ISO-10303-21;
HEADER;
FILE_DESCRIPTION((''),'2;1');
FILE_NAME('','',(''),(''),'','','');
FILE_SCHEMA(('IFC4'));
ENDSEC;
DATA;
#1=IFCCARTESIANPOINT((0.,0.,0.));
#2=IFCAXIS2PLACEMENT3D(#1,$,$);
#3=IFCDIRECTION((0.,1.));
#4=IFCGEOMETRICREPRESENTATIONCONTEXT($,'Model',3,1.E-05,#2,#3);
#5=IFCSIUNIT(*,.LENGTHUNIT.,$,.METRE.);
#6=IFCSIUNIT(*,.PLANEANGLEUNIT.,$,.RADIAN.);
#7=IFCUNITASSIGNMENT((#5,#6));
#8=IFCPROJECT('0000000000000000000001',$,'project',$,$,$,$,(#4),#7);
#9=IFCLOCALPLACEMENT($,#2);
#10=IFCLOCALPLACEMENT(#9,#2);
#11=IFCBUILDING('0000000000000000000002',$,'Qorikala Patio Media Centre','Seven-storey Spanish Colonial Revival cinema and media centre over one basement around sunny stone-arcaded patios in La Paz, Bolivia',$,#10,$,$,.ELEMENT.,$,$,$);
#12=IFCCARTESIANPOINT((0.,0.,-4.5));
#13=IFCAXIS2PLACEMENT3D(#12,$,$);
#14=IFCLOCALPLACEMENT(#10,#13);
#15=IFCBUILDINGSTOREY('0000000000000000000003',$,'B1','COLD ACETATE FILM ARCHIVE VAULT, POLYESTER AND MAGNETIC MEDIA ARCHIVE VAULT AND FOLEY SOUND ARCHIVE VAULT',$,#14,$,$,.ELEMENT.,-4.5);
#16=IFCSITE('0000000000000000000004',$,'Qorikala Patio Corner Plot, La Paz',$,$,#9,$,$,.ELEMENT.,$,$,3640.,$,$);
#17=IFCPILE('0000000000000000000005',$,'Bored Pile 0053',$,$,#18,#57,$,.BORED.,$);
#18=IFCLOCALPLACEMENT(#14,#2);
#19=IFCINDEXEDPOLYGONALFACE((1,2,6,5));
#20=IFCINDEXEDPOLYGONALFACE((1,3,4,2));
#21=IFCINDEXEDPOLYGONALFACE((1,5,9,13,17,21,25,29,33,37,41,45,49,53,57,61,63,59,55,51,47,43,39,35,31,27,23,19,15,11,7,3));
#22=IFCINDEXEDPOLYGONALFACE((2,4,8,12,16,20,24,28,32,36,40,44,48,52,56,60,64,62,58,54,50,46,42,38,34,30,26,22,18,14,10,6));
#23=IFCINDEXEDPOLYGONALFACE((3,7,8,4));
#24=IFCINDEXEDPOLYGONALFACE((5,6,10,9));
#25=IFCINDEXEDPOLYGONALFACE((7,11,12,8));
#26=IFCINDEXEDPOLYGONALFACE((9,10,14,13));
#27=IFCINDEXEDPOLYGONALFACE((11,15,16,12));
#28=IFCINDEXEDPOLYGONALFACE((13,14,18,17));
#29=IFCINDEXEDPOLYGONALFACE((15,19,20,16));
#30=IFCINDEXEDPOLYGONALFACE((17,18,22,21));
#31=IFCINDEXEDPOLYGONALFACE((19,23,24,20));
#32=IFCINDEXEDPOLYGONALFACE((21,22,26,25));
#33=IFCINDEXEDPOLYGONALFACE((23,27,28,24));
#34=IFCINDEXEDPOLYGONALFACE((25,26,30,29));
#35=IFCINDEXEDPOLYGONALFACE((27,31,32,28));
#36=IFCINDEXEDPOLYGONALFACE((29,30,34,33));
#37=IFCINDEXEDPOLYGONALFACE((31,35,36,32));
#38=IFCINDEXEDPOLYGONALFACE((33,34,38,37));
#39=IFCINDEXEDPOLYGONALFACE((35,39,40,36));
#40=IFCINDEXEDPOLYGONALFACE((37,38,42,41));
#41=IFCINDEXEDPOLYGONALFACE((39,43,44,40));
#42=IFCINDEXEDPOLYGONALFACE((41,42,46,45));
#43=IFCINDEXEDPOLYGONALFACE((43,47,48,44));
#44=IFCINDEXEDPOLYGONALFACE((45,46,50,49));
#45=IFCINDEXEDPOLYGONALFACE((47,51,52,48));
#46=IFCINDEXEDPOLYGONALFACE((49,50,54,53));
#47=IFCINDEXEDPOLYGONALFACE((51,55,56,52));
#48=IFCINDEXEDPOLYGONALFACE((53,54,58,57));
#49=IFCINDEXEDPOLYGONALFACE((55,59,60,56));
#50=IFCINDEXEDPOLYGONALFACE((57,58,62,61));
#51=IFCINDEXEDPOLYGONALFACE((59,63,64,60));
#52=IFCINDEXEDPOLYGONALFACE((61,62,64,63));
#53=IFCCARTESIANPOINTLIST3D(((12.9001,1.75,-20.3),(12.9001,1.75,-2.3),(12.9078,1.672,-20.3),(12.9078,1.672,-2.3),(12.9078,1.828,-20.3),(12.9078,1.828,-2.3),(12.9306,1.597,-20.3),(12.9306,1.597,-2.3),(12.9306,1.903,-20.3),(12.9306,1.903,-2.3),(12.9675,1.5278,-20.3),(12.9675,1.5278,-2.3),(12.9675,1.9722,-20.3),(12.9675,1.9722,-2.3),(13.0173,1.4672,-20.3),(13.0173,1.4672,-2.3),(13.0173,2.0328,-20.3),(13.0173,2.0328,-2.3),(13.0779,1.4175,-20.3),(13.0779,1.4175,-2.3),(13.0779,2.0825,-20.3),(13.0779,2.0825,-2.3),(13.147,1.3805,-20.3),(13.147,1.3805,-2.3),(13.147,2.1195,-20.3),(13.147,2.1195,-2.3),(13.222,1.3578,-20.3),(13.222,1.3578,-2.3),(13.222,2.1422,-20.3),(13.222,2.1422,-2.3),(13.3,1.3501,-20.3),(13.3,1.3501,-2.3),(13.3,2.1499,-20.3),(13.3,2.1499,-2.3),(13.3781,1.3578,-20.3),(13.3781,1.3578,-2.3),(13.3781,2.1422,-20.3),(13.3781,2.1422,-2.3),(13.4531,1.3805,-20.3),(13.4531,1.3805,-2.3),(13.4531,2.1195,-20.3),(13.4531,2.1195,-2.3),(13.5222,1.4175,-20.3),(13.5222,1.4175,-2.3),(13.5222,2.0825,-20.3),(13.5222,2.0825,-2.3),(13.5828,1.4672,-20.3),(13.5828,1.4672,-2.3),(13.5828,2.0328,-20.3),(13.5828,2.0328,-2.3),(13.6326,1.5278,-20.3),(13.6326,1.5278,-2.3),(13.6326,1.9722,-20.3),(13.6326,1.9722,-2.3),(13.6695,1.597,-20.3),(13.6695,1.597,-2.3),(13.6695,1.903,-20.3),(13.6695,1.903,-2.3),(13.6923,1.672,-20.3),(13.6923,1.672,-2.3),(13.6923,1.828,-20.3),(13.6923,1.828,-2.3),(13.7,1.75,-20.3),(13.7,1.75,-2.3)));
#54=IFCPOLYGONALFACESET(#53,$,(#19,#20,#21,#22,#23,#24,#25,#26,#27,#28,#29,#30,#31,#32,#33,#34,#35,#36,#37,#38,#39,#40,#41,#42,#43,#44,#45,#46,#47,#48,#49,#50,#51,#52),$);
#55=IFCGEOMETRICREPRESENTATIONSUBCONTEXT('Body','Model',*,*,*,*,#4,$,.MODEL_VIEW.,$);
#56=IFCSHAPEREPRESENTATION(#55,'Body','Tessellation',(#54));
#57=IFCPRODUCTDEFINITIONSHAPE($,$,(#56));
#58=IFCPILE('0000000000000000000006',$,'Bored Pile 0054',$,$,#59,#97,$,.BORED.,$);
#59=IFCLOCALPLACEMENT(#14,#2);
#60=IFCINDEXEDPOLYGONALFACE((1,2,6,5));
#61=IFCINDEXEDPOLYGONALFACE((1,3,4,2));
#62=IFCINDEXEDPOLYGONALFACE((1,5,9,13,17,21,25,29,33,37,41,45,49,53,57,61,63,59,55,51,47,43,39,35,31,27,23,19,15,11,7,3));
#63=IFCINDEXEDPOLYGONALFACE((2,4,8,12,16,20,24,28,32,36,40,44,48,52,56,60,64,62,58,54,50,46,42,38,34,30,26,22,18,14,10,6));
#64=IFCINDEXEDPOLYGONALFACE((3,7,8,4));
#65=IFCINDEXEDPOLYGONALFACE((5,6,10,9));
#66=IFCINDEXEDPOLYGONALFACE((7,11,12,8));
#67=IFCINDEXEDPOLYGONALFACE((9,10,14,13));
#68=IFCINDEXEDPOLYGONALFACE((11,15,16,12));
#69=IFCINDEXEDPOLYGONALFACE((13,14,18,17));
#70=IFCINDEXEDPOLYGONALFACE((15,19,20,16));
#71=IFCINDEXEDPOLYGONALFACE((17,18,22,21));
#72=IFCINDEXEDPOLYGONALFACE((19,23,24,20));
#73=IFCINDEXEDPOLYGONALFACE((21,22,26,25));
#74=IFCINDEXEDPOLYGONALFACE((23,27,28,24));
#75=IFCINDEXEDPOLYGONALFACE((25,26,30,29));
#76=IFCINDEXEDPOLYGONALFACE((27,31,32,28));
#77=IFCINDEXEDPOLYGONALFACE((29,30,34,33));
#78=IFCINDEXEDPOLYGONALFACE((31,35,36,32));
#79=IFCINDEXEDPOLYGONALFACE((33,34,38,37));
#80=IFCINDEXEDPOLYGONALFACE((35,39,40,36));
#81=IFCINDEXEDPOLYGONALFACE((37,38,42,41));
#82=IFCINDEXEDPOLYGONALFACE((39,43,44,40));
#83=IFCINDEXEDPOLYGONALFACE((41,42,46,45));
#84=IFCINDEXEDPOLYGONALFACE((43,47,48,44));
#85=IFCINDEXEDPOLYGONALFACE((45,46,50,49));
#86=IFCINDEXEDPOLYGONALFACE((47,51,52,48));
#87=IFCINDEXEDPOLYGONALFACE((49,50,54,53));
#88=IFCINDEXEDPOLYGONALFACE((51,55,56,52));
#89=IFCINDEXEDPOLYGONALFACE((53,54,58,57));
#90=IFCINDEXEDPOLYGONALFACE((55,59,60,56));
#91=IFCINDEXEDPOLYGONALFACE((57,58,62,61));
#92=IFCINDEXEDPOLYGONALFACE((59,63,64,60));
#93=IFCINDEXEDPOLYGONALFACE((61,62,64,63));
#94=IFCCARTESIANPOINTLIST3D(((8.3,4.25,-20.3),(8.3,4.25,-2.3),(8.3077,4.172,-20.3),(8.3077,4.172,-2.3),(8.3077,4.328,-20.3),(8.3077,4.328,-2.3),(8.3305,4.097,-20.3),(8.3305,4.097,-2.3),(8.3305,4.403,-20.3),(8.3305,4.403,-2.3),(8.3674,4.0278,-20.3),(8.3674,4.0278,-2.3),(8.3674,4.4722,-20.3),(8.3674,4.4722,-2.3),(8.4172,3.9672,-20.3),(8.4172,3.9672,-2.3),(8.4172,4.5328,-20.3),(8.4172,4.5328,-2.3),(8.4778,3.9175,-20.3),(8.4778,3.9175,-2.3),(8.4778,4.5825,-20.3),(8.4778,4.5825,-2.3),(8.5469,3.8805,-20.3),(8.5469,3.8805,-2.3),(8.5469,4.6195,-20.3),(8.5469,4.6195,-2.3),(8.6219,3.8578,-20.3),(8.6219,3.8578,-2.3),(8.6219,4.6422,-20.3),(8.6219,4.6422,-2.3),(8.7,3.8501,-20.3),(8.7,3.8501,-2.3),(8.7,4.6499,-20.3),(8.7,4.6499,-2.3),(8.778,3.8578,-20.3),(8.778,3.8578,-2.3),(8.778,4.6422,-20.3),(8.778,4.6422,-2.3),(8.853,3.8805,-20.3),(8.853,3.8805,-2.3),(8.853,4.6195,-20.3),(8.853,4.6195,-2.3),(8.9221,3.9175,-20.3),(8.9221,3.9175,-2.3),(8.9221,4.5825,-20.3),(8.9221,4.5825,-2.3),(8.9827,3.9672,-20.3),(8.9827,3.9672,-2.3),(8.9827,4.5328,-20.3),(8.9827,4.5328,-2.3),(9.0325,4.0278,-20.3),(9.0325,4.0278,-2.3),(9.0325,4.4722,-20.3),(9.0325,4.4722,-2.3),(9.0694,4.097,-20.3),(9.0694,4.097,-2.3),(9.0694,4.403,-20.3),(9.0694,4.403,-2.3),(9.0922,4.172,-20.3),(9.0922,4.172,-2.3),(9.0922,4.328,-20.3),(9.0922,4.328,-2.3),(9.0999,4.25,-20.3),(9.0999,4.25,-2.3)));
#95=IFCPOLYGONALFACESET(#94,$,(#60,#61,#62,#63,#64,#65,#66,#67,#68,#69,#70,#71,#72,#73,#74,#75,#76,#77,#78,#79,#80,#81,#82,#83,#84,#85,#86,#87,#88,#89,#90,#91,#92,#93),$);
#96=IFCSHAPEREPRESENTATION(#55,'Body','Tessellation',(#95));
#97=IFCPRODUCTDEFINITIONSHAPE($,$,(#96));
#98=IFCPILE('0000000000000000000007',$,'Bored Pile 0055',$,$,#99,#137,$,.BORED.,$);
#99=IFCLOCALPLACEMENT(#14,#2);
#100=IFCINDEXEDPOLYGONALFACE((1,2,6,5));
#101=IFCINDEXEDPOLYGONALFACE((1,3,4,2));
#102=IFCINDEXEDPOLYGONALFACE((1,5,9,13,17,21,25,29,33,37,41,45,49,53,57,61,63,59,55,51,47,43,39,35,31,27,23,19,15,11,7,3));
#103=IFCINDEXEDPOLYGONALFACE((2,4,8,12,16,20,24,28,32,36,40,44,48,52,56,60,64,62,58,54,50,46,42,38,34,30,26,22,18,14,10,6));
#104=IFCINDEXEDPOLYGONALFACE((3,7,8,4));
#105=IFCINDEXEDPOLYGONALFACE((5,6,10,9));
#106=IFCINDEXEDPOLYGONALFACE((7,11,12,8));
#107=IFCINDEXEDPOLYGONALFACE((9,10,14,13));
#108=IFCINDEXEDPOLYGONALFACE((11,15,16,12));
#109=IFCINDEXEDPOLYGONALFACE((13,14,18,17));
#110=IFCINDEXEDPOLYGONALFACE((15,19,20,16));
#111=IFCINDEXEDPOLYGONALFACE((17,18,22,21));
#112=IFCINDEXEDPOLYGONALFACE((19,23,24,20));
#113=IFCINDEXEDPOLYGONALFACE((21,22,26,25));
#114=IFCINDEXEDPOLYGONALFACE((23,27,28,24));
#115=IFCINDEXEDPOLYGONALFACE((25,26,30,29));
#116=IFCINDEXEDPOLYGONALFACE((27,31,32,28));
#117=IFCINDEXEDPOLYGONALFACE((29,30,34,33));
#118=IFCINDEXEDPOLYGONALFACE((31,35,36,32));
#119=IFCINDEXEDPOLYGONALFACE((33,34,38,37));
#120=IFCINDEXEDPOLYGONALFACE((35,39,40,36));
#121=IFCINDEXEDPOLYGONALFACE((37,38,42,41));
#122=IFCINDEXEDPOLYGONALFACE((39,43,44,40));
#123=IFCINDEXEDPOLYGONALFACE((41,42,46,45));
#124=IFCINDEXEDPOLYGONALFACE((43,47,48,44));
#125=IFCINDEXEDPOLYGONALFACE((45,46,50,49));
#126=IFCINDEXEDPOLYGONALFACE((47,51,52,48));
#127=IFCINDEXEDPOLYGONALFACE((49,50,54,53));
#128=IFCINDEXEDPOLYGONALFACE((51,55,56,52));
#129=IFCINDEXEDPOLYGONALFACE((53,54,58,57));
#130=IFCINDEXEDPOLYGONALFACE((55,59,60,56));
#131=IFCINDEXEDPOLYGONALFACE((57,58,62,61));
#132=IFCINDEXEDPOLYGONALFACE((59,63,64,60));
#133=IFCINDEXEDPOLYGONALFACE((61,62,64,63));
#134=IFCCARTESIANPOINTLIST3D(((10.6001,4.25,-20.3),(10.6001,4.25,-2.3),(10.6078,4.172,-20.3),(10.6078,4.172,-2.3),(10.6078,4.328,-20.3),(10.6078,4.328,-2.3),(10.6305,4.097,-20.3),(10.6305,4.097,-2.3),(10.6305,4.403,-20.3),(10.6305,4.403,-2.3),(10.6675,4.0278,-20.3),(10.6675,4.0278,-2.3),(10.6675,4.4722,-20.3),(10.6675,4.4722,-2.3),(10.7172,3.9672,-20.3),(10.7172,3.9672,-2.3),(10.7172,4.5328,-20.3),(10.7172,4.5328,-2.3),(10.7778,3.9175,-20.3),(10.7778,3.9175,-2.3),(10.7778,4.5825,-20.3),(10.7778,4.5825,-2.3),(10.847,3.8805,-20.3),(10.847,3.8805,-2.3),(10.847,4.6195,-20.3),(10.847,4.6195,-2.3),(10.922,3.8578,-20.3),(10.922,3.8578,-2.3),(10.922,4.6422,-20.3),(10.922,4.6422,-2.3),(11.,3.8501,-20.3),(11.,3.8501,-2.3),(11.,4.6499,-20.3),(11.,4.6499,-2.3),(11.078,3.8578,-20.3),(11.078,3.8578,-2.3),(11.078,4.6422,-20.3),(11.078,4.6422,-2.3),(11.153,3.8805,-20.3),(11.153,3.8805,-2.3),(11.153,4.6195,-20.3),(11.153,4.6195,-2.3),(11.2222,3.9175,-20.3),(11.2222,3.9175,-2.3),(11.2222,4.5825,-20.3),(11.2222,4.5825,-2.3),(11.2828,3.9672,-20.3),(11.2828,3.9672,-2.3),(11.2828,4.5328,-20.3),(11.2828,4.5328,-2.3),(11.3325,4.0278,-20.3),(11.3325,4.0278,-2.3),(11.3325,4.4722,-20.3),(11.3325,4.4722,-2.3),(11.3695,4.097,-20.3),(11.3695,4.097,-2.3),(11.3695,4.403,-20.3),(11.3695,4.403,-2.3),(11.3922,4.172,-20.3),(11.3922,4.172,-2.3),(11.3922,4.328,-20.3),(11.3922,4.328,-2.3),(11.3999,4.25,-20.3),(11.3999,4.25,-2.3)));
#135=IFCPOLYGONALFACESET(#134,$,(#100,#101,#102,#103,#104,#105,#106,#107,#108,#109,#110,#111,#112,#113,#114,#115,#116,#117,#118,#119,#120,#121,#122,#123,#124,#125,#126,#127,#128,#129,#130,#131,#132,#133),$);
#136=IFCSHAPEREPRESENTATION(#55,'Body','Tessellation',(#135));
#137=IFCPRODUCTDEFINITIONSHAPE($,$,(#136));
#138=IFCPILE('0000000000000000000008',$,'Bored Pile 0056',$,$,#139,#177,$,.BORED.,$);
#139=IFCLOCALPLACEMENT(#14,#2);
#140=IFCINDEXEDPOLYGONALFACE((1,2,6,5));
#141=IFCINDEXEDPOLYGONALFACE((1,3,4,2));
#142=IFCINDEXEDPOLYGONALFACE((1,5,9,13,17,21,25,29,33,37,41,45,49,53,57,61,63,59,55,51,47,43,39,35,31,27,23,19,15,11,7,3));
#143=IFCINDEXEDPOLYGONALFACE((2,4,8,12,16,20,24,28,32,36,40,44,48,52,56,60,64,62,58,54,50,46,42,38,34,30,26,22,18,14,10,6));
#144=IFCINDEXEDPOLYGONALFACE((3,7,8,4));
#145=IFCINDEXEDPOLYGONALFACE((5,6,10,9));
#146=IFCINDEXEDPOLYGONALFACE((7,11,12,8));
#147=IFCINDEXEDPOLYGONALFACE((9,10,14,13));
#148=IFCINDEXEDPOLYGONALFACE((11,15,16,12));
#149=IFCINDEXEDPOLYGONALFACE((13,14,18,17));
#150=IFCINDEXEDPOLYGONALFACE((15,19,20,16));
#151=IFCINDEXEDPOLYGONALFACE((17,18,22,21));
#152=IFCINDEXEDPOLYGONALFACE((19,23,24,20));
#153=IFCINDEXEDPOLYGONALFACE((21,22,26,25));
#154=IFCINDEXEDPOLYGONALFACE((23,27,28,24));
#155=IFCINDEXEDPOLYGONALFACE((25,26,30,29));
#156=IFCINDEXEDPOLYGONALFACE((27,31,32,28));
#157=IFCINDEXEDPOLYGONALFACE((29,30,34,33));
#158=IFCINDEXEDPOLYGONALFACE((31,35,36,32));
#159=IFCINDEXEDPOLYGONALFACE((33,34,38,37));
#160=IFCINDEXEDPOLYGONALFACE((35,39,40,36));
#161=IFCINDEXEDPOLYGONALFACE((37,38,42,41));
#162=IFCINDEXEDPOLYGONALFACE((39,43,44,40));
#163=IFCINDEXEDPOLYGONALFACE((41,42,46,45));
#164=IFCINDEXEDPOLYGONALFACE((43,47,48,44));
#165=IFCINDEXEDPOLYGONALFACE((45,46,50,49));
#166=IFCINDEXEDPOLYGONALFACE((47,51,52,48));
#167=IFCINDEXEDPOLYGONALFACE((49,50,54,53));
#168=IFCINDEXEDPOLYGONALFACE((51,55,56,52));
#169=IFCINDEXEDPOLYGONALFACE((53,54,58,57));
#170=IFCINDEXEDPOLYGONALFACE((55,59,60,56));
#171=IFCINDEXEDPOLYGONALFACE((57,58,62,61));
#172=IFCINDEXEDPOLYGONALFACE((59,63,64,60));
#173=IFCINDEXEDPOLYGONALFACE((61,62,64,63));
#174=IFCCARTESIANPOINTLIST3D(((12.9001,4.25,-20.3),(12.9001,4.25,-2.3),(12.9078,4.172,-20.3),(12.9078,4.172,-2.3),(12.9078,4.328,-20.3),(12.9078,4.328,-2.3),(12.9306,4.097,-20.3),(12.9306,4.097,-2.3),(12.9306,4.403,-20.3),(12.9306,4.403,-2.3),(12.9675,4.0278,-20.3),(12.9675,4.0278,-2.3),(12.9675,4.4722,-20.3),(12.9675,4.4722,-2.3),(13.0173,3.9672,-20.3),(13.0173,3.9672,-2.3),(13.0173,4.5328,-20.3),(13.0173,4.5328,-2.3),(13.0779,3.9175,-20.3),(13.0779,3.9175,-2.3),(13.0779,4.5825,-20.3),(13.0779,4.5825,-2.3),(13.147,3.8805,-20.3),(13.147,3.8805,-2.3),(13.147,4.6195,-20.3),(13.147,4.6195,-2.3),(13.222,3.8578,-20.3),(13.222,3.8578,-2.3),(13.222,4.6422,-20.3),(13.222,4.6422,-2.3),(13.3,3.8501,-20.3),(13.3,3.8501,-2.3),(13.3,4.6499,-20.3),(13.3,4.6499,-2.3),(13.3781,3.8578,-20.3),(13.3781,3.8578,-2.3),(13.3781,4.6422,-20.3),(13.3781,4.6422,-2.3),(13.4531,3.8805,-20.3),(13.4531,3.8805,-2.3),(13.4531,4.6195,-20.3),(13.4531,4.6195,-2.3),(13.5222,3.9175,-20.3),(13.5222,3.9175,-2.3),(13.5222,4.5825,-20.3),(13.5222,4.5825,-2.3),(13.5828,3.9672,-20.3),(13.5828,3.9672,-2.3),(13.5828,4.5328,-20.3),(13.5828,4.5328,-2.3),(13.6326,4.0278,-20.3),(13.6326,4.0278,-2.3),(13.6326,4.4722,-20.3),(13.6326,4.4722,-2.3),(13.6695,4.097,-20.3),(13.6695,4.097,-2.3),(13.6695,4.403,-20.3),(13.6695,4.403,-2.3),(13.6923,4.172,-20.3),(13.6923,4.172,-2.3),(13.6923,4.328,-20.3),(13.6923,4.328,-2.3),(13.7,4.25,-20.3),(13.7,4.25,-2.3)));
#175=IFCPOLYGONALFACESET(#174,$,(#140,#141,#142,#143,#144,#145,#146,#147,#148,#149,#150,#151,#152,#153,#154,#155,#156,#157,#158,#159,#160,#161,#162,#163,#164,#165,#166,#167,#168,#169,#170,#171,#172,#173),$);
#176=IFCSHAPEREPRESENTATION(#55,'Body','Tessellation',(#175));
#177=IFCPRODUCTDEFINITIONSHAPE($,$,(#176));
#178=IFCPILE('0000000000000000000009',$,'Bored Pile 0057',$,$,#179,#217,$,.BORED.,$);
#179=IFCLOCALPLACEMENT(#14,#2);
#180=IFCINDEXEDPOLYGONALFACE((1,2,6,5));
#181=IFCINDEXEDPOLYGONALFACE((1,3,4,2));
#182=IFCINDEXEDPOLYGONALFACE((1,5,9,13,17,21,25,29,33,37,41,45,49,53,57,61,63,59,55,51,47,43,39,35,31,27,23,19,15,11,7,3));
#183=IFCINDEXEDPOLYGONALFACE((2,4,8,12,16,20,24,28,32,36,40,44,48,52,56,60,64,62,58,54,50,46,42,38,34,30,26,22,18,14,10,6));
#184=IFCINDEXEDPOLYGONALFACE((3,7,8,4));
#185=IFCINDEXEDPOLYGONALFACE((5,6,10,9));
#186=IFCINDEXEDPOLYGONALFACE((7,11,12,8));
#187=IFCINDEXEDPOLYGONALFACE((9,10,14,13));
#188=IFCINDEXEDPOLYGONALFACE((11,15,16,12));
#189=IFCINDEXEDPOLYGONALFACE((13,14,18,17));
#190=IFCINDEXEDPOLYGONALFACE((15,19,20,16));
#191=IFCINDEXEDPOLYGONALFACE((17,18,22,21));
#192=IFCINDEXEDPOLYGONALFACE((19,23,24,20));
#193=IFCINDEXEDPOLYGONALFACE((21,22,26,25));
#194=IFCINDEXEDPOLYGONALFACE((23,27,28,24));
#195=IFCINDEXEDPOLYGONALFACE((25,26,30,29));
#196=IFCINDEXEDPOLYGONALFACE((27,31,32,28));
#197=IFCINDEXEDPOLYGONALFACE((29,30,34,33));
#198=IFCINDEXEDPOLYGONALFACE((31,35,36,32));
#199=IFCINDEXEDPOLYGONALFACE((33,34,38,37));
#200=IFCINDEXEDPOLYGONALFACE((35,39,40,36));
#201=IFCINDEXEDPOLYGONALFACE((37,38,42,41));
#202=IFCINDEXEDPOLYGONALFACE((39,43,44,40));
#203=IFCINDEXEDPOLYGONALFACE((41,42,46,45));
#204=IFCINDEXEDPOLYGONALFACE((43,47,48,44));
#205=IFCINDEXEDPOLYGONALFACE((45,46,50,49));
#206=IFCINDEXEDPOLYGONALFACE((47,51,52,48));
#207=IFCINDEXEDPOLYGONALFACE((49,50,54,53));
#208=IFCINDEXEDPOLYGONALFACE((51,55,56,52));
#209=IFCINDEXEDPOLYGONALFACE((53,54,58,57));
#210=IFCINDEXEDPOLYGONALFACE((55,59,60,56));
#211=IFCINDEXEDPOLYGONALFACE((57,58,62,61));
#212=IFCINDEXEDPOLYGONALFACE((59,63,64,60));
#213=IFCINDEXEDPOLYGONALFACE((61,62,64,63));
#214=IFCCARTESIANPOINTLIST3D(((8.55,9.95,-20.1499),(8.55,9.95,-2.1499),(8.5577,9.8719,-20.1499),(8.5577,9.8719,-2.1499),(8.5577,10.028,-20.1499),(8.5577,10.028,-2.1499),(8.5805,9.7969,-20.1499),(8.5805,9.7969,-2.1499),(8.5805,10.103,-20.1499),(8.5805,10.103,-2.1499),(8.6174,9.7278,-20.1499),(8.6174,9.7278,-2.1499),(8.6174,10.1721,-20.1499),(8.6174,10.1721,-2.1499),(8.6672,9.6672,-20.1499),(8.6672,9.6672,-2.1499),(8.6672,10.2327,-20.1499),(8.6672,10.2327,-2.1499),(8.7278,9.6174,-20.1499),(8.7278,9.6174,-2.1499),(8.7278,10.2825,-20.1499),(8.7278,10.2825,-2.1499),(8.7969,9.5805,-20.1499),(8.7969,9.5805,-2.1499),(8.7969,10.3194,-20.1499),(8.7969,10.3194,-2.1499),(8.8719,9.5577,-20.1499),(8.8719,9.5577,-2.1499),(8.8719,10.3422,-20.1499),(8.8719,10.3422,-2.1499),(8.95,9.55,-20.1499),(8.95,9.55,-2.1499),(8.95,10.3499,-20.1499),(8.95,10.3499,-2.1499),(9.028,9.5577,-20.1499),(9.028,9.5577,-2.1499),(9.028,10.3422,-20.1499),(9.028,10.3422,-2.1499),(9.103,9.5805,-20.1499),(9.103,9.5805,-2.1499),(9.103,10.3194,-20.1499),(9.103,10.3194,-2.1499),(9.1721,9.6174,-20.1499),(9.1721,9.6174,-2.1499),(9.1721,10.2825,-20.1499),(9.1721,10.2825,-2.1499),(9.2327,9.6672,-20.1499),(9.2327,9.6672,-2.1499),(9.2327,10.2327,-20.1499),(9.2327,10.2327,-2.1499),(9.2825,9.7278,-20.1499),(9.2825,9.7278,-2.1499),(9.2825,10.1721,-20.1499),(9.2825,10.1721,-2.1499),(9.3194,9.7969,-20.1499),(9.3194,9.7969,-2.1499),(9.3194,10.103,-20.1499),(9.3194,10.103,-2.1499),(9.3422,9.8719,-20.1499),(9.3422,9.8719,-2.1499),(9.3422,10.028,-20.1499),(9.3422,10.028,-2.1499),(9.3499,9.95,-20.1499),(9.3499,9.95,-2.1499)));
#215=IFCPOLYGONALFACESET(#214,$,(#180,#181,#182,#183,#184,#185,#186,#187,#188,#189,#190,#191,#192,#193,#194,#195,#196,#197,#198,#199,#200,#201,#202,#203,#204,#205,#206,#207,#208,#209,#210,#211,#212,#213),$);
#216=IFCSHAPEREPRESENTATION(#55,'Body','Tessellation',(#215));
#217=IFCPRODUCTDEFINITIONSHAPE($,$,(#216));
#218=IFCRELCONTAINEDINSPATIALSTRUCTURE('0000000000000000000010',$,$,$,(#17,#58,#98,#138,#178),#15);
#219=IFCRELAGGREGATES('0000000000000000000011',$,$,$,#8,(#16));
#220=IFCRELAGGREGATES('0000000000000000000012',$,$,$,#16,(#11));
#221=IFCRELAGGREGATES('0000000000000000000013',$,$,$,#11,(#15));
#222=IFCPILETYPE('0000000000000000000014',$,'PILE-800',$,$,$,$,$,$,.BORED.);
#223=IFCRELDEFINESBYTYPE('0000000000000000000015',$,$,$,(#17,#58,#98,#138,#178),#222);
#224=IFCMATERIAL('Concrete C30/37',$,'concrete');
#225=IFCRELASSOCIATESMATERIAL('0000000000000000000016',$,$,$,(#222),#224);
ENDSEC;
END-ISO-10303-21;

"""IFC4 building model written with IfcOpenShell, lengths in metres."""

from ifc_helpers import new_model, si_unit, direction, frame, origin, origin_2d, place, context, subcontext, project, spatial, circle, extrude, material, material_profile, profile_set, type_object, element, save


model = new_model("IFC4")

# Units and contexts
model_context = context("Model", 3, precision=1e-05, world=origin(), true_north=direction((0.0, 1.0)))
body_context = subcontext(model_context, "Body", "Model", "MODEL_VIEW")
ifc_project = project(units=[si_unit("LENGTHUNIT", "METRE"), si_unit("PLANEANGLEUNIT", "RADIAN")], contexts=[model_context])

# Site, building, storey
site_placement = place(None, origin())
site = spatial("IfcSite", under=ifc_project, at=site_placement, Name="Qorikala Patio Corner Plot, La Paz", CompositionType="ELEMENT", RefElevation=3640.0)
building_placement = place(site_placement, origin())
building = spatial("IfcBuilding", under=site, at=building_placement, Name="Qorikala Patio Media Centre", Description="Seven-storey Spanish Colonial Revival cinema and media centre over one basement around sunny stone-arcaded patios in La Paz, Bolivia", CompositionType="ELEMENT")
storey_placement = place(building_placement, frame((0.0, 0.0, -4.5)))
storey = spatial("IfcBuildingStorey", under=building, at=storey_placement, Name="B1", Description="COLD ACETATE FILM ARCHIVE VAULT, POLYESTER AND MAGNETIC MEDIA ARCHIVE VAULT AND FOLEY SOUND ARCHIVE VAULT", CompositionType="ELEMENT", Elevation=-4.5)

# Shared definitions
ifc_material_1 = material(Name="Concrete C30/37", Category="concrete")

# Piles
ifc_material_profile_1 = material_profile(ifc_material_1, circle(Radius=0.3999, at=origin_2d()), Name="BORED PILE 800")
ifc_profile_set_1 = profile_set([ifc_material_profile_1], Name="Concrete C30/37")
pile_type = type_object("IfcPileType", Name="PILE-800", PredefinedType="BORED", material=ifc_profile_set_1)
for number, where, z_axis, x_axis, name in (
    (1, (13.3, 1.75, -2.3), (0.0, 0.0, -1.0), (1.0, 0.0, 0.0), "Bored Pile 0053"),
    (2, (8.7, 4.25, -2.3), (0.0, 0.0, -1.0), (1.0, 0.0, 0.0), "Bored Pile 0054"),
    (3, (11.0, 4.25, -2.3), (0.0, 0.0, -1.0), (1.0, 0.0, 0.0), "Bored Pile 0055"),
    (4, (13.3, 4.25, -2.3), (0.0, 0.0, -1.0), (1.0, 0.0, 0.0), "Bored Pile 0056"),
    (5, (8.95, 9.95, -2.1499), (0.0, 0.0, -1.0), (1.0, 0.0, 0.0), "Bored Pile 0057"),
):
    element("IfcPile", number, at=place(storey_placement, frame(where, z_axis=z_axis, x_axis=x_axis)), inside=storey, type_object=pile_type, Name=name, PredefinedType="BORED", context=body_context, shape_type="SweptSolid", body=[
        extrude(circle(Radius=0.3999, at=origin_2d()), origin(), (0.0, 0.0, 1.0), 18.0),
    ])

save(model, "model.ifc")
